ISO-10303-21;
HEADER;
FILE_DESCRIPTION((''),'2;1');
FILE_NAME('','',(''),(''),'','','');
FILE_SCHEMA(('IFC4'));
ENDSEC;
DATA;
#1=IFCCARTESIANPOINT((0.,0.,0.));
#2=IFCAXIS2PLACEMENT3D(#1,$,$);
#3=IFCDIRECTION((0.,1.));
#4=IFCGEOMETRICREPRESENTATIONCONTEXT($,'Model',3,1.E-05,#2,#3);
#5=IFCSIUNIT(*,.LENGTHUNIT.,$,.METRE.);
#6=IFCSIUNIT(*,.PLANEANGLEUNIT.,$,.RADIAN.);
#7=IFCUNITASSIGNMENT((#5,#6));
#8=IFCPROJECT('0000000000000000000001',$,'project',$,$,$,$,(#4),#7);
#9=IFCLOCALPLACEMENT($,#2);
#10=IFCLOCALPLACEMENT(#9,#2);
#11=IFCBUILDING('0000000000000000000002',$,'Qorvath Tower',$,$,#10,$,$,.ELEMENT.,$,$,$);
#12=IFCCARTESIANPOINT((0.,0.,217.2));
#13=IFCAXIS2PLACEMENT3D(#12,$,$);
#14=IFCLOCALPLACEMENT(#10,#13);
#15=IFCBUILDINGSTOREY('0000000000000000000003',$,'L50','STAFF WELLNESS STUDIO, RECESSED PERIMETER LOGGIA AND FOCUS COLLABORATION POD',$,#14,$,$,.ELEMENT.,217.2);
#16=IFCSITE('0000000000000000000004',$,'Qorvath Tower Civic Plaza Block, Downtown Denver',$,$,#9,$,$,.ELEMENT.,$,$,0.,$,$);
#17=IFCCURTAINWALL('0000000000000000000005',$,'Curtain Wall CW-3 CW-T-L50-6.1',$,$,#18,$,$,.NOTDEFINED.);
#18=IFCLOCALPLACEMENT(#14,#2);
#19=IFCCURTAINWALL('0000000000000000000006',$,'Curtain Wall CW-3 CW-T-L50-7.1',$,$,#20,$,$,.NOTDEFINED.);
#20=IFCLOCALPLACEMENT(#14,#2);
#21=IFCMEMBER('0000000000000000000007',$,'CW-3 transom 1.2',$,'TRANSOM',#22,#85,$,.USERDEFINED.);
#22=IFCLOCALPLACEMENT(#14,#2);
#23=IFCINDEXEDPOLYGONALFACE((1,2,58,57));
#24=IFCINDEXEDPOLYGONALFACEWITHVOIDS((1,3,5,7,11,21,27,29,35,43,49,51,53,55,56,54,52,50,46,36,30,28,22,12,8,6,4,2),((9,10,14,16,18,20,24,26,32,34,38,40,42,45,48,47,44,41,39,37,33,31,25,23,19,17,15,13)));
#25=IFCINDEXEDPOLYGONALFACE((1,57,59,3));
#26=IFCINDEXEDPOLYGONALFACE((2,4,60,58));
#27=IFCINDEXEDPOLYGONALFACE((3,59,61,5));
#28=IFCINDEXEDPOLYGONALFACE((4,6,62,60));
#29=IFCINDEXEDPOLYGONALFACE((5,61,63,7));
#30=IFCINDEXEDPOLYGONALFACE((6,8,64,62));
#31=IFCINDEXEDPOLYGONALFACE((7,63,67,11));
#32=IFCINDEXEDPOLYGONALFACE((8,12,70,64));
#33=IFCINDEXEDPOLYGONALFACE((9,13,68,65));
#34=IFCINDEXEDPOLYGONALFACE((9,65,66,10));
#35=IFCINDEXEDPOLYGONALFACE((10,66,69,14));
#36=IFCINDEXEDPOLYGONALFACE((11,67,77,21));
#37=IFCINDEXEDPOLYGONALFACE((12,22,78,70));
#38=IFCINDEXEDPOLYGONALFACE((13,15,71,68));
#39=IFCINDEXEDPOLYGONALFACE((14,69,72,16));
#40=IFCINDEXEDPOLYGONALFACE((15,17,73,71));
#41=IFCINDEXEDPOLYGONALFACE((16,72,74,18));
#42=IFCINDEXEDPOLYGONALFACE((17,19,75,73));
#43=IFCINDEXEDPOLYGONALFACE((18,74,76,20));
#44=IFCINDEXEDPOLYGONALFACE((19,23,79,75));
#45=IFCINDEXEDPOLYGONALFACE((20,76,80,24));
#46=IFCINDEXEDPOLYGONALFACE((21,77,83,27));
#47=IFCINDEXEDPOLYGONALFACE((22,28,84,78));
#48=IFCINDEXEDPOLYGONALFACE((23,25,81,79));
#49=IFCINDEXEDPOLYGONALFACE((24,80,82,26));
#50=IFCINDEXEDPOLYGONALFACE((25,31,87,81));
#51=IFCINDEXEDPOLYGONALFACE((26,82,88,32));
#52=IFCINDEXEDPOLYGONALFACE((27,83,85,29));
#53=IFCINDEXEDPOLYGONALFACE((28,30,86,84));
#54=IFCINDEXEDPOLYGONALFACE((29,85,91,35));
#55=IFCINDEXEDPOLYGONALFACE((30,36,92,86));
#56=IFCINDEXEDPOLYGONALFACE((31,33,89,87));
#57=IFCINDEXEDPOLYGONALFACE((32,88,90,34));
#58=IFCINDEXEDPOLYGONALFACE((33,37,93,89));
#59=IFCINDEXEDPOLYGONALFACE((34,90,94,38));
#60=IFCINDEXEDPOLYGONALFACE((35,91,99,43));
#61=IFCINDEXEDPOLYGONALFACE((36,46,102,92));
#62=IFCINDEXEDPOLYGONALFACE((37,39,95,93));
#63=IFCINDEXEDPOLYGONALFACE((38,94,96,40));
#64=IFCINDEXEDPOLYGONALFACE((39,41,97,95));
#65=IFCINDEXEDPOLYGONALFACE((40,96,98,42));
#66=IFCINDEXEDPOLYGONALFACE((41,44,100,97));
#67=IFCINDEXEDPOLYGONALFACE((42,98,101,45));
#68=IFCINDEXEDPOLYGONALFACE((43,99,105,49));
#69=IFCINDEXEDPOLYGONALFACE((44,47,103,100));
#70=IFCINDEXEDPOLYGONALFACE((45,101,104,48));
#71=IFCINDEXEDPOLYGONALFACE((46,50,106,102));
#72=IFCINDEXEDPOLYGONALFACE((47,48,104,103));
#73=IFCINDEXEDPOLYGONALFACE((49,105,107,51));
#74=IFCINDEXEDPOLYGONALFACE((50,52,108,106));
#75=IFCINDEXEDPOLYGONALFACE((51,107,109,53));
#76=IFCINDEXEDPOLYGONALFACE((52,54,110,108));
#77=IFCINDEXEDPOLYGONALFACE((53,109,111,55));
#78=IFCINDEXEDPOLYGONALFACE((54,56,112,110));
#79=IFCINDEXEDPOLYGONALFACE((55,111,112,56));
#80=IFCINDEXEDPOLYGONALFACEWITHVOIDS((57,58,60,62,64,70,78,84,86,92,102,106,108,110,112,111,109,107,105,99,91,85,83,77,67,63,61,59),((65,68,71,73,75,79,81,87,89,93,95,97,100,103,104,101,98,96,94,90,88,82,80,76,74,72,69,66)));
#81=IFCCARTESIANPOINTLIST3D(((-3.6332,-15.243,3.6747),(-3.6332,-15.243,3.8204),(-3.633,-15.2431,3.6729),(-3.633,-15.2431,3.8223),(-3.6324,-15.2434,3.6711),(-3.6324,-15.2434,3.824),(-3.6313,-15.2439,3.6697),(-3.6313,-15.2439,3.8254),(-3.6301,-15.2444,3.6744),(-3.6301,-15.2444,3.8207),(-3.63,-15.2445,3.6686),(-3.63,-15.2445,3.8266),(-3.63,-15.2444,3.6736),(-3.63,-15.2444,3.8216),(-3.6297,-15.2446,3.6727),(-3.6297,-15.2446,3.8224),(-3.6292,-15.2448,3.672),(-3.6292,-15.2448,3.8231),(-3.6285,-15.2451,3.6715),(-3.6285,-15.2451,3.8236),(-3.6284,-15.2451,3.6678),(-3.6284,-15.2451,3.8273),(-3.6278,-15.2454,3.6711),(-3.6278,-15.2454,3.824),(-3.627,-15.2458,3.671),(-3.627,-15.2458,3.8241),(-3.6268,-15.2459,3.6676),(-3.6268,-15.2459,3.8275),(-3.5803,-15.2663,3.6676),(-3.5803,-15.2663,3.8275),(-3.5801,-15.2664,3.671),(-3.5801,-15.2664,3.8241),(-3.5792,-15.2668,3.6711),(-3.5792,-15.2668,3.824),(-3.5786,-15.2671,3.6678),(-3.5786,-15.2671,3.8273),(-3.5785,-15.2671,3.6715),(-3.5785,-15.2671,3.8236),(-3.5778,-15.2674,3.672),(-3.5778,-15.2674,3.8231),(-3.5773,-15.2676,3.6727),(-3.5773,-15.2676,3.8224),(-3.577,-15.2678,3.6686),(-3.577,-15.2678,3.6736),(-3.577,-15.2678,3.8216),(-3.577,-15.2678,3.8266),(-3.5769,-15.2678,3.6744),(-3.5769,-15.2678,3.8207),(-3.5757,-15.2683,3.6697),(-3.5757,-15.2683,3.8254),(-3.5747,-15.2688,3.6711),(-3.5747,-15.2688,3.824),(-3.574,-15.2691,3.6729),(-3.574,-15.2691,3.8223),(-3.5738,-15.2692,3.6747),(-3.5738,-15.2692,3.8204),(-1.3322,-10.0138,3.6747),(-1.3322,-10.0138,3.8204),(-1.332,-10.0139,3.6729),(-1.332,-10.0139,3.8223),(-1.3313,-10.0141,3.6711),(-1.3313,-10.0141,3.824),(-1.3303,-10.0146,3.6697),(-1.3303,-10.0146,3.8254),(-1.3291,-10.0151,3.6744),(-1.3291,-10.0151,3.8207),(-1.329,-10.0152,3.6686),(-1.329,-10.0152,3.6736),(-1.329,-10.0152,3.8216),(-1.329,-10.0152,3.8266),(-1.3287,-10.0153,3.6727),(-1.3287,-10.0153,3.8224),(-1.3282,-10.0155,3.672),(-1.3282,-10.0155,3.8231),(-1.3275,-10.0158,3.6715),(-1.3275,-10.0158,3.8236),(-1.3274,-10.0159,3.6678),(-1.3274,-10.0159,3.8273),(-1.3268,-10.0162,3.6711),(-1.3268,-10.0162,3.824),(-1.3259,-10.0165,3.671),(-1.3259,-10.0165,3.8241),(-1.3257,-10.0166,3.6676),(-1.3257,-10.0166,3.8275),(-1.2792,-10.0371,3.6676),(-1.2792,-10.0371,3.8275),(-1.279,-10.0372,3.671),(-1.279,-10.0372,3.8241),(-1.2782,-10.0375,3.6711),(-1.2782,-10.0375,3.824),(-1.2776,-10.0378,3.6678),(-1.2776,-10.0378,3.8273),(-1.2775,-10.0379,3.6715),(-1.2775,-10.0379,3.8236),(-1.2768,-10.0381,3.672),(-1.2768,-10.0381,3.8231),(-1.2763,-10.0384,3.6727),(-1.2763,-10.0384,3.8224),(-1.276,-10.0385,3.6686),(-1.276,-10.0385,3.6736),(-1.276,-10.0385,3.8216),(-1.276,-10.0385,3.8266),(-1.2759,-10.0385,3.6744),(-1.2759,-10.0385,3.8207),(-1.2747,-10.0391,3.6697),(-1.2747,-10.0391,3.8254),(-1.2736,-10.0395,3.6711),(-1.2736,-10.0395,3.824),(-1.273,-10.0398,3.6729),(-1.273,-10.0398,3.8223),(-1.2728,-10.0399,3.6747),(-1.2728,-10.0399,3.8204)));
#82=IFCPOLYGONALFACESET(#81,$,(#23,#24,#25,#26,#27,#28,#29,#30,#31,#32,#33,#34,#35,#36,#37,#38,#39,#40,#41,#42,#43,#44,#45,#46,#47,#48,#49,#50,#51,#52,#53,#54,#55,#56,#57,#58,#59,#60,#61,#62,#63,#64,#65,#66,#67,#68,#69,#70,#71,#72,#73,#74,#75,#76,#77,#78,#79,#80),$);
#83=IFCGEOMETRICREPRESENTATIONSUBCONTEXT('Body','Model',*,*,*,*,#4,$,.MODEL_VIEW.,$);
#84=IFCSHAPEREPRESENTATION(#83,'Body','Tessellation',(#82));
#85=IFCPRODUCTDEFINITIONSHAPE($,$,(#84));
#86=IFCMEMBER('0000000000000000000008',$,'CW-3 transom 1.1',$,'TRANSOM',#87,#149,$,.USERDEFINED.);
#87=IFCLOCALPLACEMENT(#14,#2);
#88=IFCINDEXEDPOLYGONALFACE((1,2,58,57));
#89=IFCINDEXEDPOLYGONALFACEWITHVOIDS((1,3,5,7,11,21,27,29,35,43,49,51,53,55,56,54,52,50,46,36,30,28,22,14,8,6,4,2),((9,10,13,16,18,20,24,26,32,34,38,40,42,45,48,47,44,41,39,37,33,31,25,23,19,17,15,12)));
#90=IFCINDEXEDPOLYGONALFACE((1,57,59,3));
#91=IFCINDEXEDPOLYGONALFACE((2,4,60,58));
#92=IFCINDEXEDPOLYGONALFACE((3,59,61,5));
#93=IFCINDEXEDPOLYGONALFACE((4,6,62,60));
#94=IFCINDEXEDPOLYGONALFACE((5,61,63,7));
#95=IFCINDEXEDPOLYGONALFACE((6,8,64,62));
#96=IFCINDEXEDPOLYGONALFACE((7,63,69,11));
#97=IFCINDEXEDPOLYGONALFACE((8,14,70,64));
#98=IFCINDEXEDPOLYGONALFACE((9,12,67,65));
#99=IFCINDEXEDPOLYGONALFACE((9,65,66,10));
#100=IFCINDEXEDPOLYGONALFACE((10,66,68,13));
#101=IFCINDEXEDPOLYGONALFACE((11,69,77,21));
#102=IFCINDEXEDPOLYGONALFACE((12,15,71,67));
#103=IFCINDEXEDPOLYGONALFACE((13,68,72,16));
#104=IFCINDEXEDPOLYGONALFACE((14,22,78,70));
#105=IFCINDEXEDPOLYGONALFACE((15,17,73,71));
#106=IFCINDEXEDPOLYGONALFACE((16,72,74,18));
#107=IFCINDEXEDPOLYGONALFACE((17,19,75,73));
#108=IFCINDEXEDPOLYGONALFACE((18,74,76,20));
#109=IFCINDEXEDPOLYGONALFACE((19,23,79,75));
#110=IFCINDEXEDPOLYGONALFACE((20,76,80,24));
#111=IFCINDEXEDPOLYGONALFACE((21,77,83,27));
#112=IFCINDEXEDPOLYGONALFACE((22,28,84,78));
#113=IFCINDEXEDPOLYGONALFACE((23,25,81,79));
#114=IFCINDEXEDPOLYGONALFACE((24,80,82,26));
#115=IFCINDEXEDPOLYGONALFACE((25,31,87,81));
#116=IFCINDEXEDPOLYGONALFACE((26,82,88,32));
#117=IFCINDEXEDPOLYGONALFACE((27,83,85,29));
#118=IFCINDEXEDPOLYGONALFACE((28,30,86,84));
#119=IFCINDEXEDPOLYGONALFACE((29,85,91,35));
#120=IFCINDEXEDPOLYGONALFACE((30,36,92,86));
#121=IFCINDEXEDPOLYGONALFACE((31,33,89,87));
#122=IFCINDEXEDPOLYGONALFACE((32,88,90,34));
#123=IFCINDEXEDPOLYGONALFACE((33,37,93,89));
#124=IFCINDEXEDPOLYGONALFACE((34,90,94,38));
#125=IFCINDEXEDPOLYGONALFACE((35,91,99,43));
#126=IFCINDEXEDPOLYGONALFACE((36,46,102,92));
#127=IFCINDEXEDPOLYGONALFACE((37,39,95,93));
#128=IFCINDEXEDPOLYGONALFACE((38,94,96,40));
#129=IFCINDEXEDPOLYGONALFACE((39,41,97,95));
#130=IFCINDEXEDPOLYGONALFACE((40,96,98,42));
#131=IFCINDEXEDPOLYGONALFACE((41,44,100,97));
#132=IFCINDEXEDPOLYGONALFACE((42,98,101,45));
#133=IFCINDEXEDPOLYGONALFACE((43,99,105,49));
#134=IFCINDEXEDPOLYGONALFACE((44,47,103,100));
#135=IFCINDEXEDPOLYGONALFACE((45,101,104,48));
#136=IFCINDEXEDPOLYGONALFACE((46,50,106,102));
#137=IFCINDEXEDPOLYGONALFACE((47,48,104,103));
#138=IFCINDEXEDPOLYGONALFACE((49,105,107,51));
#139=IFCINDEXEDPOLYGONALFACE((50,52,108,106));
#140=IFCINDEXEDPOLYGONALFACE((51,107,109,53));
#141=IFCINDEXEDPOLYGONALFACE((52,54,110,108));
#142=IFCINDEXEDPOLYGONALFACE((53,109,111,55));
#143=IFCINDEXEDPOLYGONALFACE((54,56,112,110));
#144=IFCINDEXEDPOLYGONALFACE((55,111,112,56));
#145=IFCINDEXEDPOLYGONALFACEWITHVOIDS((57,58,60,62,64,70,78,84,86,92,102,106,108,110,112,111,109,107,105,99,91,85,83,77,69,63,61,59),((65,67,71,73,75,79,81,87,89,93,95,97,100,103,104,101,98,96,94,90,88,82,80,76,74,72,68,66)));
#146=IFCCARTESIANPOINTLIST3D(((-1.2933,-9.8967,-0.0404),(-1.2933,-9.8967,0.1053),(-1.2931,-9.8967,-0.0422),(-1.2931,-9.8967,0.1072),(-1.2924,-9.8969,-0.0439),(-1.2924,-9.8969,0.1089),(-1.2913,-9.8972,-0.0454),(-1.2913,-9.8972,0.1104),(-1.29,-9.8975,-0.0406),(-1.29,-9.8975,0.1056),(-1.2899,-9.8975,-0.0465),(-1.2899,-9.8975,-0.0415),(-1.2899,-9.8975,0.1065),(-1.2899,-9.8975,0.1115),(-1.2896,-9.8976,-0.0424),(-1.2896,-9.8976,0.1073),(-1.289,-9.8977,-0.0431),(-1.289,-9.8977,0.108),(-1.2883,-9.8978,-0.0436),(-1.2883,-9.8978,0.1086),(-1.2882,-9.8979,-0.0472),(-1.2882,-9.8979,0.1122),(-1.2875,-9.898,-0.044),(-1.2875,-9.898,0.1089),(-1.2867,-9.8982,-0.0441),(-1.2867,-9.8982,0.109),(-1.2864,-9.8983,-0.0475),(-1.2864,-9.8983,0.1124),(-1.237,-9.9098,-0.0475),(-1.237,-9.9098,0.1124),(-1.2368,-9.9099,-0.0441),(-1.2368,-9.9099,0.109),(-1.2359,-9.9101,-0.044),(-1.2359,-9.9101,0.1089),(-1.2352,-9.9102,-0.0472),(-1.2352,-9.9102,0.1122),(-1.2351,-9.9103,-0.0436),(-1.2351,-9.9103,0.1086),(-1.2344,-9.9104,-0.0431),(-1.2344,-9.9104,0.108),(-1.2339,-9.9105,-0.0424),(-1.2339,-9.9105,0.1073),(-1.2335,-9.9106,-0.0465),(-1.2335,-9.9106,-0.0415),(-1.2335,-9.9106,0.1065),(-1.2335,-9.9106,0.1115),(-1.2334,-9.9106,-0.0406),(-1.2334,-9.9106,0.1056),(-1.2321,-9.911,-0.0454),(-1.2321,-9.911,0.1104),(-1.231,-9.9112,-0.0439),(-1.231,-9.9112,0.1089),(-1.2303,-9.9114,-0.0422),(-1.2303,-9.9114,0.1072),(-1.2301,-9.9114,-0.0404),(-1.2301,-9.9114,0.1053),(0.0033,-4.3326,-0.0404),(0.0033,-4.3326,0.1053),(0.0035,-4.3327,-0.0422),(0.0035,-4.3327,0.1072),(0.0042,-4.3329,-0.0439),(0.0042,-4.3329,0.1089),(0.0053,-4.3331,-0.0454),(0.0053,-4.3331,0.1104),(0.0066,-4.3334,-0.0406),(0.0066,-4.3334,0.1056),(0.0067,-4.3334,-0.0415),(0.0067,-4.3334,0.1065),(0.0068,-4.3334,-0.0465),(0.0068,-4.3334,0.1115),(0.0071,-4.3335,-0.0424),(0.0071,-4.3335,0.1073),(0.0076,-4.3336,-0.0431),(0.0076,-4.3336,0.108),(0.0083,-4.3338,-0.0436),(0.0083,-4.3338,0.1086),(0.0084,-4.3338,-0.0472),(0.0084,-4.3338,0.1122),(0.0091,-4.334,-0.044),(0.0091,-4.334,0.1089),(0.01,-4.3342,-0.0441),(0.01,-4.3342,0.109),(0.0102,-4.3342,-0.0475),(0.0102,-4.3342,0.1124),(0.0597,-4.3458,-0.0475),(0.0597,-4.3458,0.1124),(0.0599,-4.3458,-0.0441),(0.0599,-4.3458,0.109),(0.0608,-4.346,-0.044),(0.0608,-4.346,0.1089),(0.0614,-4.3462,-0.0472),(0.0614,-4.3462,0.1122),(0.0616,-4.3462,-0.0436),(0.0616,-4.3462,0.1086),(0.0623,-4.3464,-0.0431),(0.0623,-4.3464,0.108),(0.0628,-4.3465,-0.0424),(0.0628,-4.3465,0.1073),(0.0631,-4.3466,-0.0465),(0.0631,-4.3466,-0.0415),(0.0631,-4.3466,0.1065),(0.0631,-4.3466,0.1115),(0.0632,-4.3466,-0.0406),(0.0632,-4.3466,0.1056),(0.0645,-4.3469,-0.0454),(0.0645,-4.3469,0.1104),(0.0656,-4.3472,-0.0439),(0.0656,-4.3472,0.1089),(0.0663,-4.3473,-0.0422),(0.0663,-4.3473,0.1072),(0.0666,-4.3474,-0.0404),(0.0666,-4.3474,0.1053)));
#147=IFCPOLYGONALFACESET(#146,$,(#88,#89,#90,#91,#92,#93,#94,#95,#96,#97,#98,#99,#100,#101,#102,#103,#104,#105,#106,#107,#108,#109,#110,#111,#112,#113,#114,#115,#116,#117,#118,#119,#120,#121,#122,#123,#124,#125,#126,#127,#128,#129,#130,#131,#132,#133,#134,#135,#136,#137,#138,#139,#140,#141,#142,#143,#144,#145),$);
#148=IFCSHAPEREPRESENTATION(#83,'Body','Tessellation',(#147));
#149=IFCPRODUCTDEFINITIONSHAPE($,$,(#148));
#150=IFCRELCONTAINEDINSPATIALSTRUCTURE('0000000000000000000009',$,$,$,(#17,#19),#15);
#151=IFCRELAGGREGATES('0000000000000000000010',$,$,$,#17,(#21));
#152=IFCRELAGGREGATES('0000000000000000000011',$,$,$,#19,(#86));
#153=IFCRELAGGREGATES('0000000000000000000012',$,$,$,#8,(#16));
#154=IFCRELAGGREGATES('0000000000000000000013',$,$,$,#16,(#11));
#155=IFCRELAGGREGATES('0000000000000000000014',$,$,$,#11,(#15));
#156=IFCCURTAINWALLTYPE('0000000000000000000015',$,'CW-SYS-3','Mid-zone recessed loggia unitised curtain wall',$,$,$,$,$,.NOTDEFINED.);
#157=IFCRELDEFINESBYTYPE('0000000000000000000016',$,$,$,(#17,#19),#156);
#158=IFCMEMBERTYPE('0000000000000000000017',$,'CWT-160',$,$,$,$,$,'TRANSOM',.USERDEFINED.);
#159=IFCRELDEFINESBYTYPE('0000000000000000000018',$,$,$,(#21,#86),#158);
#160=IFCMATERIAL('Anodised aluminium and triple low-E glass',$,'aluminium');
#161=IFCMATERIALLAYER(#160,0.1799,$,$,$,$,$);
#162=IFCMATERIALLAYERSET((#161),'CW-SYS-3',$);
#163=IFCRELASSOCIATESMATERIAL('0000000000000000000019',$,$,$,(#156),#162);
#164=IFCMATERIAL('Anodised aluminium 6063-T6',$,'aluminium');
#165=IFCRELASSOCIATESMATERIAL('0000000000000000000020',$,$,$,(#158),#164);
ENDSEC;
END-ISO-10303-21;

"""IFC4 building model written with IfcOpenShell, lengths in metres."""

from ifc_helpers import new_model, si_unit, direction, frame, origin, origin_2d, place, context, subcontext, project, spatial, hollow_rectangle, extrude, material, layer, layer_set, material_profile, profile_set, type_object, element, aggregate, save


model = new_model("IFC4")

# Units and contexts
model_context = context("Model", 3, precision=1e-05, world=origin(), true_north=direction((0.0, 1.0)))
body_context = subcontext(model_context, "Body", "Model", "MODEL_VIEW")
ifc_project = project(units=[si_unit("LENGTHUNIT", "METRE"), si_unit("PLANEANGLEUNIT", "RADIAN")], contexts=[model_context])

# Site, building, storey
site_placement = place(None, origin())
site = spatial("IfcSite", under=ifc_project, at=site_placement, Name="Qorvath Tower Civic Plaza Block, Downtown Denver", CompositionType="ELEMENT", RefElevation=0.0)
building_placement = place(site_placement, origin())
building = spatial("IfcBuilding", under=site, at=building_placement, Name="Qorvath Tower", CompositionType="ELEMENT")
storey_placement = place(building_placement, frame((0.0, 0.0, 217.2)))
storey = spatial("IfcBuildingStorey", under=building, at=storey_placement, Name="L50", Description="STAFF WELLNESS STUDIO, RECESSED PERIMETER LOGGIA AND FOCUS COLLABORATION POD", CompositionType="ELEMENT", Elevation=217.2)

# Shared definitions
ifc_material_1 = material(Name="Anodised aluminium and triple low-E glass", Category="aluminium")
ifc_layer_1 = layer(ifc_material_1, 0.1799)
ifc_layer_set_1 = layer_set([ifc_layer_1], Name="CW-SYS-3")
curtain_wall_type = type_object("IfcCurtainWallType", Name="CW-SYS-3", Description="Mid-zone recessed loggia unitised curtain wall", PredefinedType="NOTDEFINED", material=ifc_layer_set_1)

# Curtain wall
curtain_wall_1_placement = place(storey_placement, origin())
curtain_wall_1 = element("IfcCurtainWall", 1, at=curtain_wall_1_placement, inside=storey, type_object=curtain_wall_type, Name="Curtain Wall CW-3 CW-T-L50-6.1", PredefinedType="NOTDEFINED")

# Curtain wall
curtain_wall_2_placement = place(storey_placement, origin())
curtain_wall_2 = element("IfcCurtainWall", 2, at=curtain_wall_2_placement, inside=storey, type_object=curtain_wall_type, Name="Curtain Wall CW-3 CW-T-L50-7.1", PredefinedType="NOTDEFINED")

# Members
ifc_material_2 = material(Name="Anodised aluminium 6063-T6", Category="aluminium")
ifc_material_profile_1 = material_profile(ifc_material_2, hollow_rectangle(XDim=0.0649, YDim=0.1599, WallThickness=0.0034, InnerFilletRadius=0.0034, OuterFilletRadius=0.0071, at=origin_2d()), Name="CWT 160x65")
ifc_profile_set_1 = profile_set([ifc_material_profile_1], Name="Anodised aluminium 6063-T6")
member_type_1 = type_object("IfcMemberType", Name="CWT-160", ElementType="TRANSOM", PredefinedType="USERDEFINED", material=ifc_profile_set_1)
member_1_placement = place(storey_placement, frame((-3.6035, -15.2561, 3.7476), z_axis=(0.402762, 0.915305, 0.0), x_axis=(-0.915305, 0.402762, 0.0)))
member_1 = element("IfcMember", 3, at=member_1_placement, type_object=member_type_1, Name="CW-3 transom 1.2", ObjectType="TRANSOM", PredefinedType="USERDEFINED", context=body_context, shape_type="SweptSolid", body=[
    extrude(hollow_rectangle(XDim=0.0649, YDim=0.1599, WallThickness=0.0034, InnerFilletRadius=0.0034, OuterFilletRadius=0.0071, at=origin_2d()), origin(), (0.0, 0.0, 1.0), 5.7131),
])
member_2_placement = place(storey_placement, frame((-1.2617, -9.9041, 0.0325), z_axis=(0.226959, 0.973904, 0.0), x_axis=(-0.973904, 0.226959, 0.0)))
member_2 = element("IfcMember", 4, at=member_2_placement, type_object=member_type_1, Name="CW-3 transom 1.1", ObjectType="TRANSOM", PredefinedType="USERDEFINED", context=body_context, shape_type="SweptSolid", body=[
    extrude(hollow_rectangle(XDim=0.0649, YDim=0.1599, WallThickness=0.0034, InnerFilletRadius=0.0034, OuterFilletRadius=0.0071, at=origin_2d()), origin(), (0.0, 0.0, 1.0), 5.7131),
])

aggregate(curtain_wall_1, [member_1])
aggregate(curtain_wall_2, [member_2])

save(model, "model.ifc")
